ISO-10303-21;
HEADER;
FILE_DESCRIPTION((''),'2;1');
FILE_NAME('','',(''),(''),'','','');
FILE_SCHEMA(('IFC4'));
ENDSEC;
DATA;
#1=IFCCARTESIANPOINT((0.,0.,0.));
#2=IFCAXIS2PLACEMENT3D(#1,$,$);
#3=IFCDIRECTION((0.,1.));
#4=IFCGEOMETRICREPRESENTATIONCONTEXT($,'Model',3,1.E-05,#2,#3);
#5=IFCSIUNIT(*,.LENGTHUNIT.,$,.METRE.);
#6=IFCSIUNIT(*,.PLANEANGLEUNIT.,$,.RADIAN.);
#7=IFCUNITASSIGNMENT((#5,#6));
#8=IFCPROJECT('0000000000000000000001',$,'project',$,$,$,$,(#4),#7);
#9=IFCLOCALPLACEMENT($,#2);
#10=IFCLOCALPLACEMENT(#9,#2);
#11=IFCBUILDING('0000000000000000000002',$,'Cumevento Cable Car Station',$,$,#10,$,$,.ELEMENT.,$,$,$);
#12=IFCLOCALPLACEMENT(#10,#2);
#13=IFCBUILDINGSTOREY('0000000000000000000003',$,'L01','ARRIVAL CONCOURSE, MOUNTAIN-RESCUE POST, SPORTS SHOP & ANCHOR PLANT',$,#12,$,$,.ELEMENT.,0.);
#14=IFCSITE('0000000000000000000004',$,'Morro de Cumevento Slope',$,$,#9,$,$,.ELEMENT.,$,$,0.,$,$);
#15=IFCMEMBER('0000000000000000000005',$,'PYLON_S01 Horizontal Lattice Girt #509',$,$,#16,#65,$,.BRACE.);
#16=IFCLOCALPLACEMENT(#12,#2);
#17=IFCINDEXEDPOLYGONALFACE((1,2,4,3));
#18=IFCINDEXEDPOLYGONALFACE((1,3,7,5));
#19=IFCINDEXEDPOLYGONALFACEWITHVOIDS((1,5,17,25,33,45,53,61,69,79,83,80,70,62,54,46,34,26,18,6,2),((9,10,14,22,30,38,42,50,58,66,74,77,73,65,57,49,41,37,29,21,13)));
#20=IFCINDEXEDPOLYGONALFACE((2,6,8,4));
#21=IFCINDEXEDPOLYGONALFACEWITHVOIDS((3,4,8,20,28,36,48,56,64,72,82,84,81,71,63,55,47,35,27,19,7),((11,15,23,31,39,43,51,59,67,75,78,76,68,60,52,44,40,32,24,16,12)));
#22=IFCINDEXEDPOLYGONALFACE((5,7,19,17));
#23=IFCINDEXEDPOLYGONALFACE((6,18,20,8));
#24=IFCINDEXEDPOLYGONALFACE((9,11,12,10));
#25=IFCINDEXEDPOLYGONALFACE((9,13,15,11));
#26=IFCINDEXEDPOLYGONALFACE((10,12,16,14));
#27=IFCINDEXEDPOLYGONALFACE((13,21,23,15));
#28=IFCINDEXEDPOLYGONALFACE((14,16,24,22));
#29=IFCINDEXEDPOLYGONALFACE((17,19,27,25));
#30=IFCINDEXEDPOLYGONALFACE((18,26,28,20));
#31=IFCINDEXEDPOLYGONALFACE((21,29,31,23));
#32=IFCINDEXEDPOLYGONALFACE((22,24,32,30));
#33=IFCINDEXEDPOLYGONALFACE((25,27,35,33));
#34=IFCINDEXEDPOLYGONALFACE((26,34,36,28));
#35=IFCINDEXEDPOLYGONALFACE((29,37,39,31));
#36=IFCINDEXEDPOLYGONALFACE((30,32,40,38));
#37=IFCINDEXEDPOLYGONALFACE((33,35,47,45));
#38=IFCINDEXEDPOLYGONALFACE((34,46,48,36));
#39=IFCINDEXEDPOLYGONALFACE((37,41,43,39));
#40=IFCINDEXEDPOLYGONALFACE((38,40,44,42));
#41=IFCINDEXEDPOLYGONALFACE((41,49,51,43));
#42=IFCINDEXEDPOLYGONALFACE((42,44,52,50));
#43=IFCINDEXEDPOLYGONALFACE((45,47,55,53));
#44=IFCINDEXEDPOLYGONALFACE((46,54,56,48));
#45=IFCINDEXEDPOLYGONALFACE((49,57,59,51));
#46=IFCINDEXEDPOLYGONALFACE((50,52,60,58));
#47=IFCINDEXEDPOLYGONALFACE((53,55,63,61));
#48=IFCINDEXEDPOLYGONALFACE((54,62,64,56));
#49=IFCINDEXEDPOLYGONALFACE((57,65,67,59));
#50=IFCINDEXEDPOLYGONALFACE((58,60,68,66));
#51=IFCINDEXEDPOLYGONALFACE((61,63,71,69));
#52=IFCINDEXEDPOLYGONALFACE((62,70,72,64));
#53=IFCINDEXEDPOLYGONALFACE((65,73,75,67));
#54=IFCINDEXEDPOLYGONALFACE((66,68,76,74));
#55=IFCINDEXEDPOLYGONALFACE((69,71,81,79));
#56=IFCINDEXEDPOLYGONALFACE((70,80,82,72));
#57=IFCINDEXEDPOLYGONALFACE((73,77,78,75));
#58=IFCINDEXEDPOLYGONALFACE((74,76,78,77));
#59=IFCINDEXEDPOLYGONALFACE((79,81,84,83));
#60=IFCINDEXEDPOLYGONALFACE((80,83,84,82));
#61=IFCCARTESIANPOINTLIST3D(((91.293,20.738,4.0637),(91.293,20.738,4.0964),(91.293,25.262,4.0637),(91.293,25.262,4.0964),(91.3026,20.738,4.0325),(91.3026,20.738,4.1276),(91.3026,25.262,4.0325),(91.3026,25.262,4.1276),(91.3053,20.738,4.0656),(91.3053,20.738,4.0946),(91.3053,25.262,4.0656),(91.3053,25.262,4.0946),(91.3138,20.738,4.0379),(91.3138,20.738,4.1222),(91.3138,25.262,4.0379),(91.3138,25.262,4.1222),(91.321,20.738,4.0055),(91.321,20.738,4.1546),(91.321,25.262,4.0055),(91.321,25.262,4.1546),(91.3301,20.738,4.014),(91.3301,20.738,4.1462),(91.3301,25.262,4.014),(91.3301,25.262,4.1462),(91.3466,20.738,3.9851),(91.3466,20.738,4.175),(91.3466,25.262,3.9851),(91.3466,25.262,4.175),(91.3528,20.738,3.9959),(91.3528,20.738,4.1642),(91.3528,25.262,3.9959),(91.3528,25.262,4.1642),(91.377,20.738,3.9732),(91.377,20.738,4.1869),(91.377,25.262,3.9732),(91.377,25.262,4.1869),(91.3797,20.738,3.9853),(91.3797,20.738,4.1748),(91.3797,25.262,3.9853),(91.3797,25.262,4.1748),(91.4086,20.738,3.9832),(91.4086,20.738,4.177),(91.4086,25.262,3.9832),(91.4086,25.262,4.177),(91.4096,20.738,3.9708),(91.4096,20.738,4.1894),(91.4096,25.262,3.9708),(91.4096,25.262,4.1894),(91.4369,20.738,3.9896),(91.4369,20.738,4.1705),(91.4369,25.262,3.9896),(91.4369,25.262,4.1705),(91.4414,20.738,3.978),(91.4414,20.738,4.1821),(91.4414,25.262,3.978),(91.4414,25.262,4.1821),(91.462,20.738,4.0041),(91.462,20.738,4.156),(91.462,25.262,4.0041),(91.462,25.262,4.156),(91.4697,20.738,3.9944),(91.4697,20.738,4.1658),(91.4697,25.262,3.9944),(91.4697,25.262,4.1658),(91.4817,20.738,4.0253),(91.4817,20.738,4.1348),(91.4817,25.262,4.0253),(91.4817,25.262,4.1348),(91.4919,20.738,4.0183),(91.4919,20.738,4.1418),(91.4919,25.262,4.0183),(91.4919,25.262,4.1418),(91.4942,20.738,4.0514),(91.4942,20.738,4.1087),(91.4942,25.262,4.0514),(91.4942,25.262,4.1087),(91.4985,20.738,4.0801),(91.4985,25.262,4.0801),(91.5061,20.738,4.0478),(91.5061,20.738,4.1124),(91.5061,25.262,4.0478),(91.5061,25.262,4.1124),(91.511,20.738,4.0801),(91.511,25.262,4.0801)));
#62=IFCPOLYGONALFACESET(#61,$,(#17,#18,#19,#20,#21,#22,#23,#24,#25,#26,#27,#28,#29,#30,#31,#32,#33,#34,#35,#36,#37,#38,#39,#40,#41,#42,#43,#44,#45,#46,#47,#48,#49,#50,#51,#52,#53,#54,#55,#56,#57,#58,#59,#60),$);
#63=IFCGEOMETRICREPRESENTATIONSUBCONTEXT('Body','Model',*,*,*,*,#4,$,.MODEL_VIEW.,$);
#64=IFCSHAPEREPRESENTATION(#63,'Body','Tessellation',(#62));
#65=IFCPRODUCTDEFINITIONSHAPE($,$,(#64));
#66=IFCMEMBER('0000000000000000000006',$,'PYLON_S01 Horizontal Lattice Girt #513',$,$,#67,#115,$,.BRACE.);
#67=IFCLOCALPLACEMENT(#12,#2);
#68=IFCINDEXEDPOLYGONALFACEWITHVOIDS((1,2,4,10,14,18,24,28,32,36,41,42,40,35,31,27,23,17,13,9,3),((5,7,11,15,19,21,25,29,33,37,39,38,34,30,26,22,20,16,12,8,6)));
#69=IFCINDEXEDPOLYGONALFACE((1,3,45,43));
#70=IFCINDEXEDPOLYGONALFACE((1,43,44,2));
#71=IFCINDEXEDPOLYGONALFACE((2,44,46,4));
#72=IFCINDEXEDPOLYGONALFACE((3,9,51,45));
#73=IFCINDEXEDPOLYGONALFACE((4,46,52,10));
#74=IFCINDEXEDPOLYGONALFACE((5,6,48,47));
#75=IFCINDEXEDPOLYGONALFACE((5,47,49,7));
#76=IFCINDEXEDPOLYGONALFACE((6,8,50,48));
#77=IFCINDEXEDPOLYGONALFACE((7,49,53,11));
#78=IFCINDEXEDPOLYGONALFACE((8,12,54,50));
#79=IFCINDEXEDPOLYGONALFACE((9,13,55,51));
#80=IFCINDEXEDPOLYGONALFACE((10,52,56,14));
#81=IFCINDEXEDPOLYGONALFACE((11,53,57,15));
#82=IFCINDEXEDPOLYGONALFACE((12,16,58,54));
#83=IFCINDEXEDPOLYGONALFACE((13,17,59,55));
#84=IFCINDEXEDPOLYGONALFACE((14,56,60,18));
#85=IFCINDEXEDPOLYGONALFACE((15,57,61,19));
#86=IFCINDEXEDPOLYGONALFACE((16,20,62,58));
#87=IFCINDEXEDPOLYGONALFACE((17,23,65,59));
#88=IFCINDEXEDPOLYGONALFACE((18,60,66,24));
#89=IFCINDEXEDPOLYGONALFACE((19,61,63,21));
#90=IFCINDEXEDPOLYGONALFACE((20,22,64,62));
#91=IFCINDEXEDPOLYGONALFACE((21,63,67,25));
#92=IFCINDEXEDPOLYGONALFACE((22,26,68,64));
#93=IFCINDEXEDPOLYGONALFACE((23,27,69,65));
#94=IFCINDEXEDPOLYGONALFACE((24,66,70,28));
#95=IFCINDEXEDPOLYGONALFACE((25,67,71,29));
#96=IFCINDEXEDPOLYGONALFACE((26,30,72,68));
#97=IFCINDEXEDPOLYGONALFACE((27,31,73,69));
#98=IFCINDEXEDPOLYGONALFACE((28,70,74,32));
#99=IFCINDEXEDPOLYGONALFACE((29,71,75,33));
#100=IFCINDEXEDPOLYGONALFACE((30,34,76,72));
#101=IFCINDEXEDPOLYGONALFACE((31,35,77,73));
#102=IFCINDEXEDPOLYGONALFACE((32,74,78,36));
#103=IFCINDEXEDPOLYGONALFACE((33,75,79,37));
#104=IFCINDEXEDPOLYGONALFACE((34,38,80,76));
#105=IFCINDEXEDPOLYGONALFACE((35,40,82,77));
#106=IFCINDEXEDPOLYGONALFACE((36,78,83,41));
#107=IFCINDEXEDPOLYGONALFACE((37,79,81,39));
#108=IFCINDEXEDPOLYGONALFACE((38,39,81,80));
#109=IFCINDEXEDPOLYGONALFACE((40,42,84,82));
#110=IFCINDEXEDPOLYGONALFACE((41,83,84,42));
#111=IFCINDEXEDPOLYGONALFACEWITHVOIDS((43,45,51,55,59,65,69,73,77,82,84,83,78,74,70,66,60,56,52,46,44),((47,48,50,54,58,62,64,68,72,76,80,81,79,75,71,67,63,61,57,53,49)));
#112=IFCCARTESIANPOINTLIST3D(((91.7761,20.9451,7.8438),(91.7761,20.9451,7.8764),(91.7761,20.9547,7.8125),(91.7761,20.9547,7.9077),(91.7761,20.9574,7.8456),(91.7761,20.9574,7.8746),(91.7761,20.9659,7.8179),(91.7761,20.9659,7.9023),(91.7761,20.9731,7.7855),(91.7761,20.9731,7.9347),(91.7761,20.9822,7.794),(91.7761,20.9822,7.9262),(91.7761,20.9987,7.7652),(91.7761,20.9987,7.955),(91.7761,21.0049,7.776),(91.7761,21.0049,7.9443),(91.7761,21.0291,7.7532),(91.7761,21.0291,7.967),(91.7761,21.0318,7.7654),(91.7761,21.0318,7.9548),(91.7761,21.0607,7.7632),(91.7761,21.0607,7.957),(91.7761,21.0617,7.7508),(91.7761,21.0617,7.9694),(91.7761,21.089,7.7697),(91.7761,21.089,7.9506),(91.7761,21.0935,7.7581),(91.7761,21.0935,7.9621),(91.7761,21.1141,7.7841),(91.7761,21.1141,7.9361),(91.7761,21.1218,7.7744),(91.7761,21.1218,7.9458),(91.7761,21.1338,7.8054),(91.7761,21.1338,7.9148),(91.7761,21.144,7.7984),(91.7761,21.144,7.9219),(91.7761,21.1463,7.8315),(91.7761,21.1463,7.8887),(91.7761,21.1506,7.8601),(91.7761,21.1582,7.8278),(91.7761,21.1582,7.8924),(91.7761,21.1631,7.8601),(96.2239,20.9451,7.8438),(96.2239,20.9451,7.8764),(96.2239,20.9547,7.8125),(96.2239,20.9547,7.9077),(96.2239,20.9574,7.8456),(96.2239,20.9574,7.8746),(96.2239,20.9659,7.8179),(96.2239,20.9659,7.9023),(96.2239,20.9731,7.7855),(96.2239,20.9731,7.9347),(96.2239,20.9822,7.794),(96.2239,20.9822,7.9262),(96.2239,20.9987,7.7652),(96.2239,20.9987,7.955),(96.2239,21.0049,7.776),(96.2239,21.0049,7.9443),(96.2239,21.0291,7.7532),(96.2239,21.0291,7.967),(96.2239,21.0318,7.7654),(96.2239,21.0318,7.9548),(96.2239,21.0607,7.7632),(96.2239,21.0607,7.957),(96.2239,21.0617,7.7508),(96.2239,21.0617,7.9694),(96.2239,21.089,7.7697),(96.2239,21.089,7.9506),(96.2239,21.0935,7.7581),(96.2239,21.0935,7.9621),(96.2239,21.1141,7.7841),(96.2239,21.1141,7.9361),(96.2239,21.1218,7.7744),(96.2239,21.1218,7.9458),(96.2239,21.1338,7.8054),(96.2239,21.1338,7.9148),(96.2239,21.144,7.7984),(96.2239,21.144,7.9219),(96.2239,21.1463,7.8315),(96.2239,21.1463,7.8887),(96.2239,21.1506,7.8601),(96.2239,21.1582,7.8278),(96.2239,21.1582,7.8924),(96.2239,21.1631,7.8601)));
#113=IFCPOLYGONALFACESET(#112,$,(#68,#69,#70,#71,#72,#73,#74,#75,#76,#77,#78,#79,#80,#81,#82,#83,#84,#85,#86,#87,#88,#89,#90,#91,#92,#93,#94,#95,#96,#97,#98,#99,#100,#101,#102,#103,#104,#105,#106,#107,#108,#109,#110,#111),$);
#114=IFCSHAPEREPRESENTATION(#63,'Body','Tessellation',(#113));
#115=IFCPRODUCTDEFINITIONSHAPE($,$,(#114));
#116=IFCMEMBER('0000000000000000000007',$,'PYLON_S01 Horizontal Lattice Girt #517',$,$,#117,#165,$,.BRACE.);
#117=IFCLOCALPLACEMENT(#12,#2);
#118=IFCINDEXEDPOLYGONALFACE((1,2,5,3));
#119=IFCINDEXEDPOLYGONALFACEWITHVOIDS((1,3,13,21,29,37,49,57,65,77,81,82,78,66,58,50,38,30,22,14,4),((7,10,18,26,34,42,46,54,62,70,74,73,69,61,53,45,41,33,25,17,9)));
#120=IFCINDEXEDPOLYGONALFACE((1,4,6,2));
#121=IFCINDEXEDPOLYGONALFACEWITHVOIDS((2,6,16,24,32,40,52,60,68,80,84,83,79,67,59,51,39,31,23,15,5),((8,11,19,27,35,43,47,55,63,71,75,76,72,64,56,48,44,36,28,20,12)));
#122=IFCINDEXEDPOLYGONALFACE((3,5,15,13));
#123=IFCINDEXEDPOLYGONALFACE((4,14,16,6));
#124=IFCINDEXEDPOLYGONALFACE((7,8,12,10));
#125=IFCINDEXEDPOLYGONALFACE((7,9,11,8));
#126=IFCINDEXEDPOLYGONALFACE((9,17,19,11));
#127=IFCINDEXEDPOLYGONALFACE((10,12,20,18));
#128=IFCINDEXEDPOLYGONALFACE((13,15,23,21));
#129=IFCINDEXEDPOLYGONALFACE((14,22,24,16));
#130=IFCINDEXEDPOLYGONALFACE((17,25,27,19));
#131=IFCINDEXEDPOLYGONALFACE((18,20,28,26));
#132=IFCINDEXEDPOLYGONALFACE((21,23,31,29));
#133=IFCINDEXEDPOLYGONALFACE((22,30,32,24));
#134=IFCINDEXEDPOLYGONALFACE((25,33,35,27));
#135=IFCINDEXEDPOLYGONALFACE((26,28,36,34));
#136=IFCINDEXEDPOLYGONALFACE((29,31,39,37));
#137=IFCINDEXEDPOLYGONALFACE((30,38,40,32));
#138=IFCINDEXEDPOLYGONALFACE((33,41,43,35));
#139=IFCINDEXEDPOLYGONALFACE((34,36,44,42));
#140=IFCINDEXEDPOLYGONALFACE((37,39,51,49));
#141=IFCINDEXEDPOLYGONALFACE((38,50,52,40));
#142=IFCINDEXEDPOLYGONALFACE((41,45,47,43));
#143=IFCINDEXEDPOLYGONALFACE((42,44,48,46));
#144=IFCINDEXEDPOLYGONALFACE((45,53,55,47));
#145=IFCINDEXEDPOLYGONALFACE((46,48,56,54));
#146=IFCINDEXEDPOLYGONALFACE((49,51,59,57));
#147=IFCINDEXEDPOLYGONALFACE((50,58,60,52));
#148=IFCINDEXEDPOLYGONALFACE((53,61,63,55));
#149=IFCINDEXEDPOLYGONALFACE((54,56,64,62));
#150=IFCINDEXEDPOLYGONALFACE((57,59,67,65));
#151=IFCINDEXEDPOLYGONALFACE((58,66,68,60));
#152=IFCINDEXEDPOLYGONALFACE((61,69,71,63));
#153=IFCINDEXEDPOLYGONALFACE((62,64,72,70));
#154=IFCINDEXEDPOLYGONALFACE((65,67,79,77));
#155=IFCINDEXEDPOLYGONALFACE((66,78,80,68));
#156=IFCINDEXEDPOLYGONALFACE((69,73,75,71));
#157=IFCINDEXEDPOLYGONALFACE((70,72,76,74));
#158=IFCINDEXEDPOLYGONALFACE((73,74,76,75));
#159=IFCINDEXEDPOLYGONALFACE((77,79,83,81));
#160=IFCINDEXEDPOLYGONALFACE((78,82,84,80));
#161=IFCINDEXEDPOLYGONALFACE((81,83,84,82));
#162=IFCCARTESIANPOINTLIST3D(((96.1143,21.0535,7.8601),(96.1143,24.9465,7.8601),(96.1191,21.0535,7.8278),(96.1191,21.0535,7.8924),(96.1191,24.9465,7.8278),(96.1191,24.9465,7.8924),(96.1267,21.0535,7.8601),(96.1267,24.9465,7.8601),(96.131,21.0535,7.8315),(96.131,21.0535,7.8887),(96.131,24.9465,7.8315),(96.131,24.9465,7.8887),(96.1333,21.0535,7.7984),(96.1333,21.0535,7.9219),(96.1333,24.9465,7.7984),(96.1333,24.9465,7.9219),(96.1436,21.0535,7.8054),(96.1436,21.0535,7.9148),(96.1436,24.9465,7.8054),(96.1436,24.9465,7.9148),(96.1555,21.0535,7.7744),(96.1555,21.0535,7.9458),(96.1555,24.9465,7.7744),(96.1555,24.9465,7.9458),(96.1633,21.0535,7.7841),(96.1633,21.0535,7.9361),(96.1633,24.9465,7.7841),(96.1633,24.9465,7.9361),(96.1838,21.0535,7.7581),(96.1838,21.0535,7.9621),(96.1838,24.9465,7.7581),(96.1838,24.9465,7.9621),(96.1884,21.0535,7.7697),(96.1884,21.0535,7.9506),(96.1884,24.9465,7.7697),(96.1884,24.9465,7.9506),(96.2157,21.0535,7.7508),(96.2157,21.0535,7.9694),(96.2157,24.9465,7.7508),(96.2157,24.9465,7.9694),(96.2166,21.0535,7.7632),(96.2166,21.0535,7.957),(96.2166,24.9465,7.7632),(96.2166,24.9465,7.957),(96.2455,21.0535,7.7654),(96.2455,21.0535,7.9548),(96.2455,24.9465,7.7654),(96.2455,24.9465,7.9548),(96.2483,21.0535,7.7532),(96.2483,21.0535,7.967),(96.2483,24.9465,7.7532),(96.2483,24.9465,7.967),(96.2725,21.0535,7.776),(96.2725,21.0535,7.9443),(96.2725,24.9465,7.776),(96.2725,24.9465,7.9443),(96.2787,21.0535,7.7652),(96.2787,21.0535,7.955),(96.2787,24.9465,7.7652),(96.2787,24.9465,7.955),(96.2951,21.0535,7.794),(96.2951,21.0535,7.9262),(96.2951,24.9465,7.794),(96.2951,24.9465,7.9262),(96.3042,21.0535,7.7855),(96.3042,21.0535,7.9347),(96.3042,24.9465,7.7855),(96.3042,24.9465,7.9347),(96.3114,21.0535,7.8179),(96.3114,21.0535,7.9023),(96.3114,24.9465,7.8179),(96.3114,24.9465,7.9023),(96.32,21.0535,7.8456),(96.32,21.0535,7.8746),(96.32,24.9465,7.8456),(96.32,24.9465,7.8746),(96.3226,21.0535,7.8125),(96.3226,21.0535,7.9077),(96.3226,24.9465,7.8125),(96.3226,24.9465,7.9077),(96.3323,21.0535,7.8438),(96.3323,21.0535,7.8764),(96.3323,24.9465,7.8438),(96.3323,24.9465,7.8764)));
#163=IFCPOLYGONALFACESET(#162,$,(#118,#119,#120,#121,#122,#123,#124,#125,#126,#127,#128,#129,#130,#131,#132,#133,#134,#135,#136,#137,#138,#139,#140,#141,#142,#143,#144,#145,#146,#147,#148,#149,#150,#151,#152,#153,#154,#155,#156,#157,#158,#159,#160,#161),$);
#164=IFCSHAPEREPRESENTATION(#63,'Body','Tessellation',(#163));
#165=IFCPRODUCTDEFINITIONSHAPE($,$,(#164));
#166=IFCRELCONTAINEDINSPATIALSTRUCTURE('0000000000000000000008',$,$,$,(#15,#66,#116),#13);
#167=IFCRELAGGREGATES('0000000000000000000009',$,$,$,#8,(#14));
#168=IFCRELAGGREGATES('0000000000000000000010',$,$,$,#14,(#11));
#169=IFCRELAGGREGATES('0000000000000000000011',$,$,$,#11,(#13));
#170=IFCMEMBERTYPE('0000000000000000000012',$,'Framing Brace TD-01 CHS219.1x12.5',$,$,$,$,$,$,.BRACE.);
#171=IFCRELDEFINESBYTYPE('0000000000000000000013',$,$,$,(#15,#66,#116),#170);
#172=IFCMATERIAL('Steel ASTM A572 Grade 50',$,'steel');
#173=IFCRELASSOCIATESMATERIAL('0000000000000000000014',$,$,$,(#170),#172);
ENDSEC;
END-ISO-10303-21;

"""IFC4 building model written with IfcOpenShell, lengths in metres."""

from ifc_helpers import new_model, si_unit, direction, frame, origin, origin_2d, place, context, subcontext, project, spatial, hollow_circle, extrude, material, material_profile, profile_set, type_object, element, save


model = new_model("IFC4")

# Units and contexts
model_context = context("Model", 3, precision=1e-05, world=origin(), true_north=direction((0.0, 1.0)))
body_context = subcontext(model_context, "Body", "Model", "MODEL_VIEW")
ifc_project = project(units=[si_unit("LENGTHUNIT", "METRE"), si_unit("PLANEANGLEUNIT", "RADIAN")], contexts=[model_context])

# Site, building, storey
site_placement = place(None, origin())
site = spatial("IfcSite", under=ifc_project, at=site_placement, Name="Morro de Cumevento Slope", CompositionType="ELEMENT", RefElevation=0.0)
building_placement = place(site_placement, origin())
building = spatial("IfcBuilding", under=site, at=building_placement, Name="Cumevento Cable Car Station", CompositionType="ELEMENT")
storey_placement = place(building_placement, origin())
storey = spatial("IfcBuildingStorey", under=building, at=storey_placement, Name="L01", Description="ARRIVAL CONCOURSE, MOUNTAIN-RESCUE POST, SPORTS SHOP & ANCHOR PLANT", CompositionType="ELEMENT", Elevation=0.0)

# Members
ifc_material_1 = material(Name="Steel ASTM A572 Grade 50", Category="steel")
ifc_material_profile_1 = material_profile(ifc_material_1, hollow_circle(Radius=0.1096, WallThickness=0.0125, at=origin_2d()), Name="CHS219.1x12.5")
ifc_profile_set_1 = profile_set([ifc_material_profile_1], Name="Steel ASTM A572 Grade 50")
member_type_1 = type_object("IfcMemberType", Name="Framing Brace TD-01 CHS219.1x12.5", PredefinedType="BRACE", material=ifc_profile_set_1)
member_1_placement = place(storey_placement, frame((91.4014, 25.262, 4.0801), z_axis=(0.0, -1.0, 0.0), x_axis=(1.0, 0.0, 0.0)))
element("IfcMember", 1, at=member_1_placement, inside=storey, type_object=member_type_1, Name="PYLON_S01 Horizontal Lattice Girt #509", PredefinedType="BRACE", context=body_context, shape_type="SweptSolid", body=[
    extrude(hollow_circle(Radius=0.1096, WallThickness=0.0125, at=origin_2d()), origin(), (0.0, 0.0, 1.0), 4.5239),
])
member_2_placement = place(storey_placement, frame((91.7761, 21.0535, 7.8601), z_axis=(1.0, 0.0, 0.0), x_axis=(0.0, 1.0, 0.0)))
element("IfcMember", 2, at=member_2_placement, inside=storey, type_object=member_type_1, Name="PYLON_S01 Horizontal Lattice Girt #513", PredefinedType="BRACE", context=body_context, shape_type="SweptSolid", body=[
    extrude(hollow_circle(Radius=0.1096, WallThickness=0.0125, at=origin_2d()), origin(), (0.0, 0.0, 1.0), 4.4478),
])
member_3_placement = place(storey_placement, frame((96.2239, 21.0535, 7.8601), z_axis=(0.0, 1.0, 0.0), x_axis=(-1.0, 0.0, 0.0)))
element("IfcMember", 3, at=member_3_placement, inside=storey, type_object=member_type_1, Name="PYLON_S01 Horizontal Lattice Girt #517", PredefinedType="BRACE", context=body_context, shape_type="SweptSolid", body=[
    extrude(hollow_circle(Radius=0.1096, WallThickness=0.0125, at=origin_2d()), origin(), (0.0, 0.0, 1.0), 3.8931),
])

save(model, "model.ifc")
